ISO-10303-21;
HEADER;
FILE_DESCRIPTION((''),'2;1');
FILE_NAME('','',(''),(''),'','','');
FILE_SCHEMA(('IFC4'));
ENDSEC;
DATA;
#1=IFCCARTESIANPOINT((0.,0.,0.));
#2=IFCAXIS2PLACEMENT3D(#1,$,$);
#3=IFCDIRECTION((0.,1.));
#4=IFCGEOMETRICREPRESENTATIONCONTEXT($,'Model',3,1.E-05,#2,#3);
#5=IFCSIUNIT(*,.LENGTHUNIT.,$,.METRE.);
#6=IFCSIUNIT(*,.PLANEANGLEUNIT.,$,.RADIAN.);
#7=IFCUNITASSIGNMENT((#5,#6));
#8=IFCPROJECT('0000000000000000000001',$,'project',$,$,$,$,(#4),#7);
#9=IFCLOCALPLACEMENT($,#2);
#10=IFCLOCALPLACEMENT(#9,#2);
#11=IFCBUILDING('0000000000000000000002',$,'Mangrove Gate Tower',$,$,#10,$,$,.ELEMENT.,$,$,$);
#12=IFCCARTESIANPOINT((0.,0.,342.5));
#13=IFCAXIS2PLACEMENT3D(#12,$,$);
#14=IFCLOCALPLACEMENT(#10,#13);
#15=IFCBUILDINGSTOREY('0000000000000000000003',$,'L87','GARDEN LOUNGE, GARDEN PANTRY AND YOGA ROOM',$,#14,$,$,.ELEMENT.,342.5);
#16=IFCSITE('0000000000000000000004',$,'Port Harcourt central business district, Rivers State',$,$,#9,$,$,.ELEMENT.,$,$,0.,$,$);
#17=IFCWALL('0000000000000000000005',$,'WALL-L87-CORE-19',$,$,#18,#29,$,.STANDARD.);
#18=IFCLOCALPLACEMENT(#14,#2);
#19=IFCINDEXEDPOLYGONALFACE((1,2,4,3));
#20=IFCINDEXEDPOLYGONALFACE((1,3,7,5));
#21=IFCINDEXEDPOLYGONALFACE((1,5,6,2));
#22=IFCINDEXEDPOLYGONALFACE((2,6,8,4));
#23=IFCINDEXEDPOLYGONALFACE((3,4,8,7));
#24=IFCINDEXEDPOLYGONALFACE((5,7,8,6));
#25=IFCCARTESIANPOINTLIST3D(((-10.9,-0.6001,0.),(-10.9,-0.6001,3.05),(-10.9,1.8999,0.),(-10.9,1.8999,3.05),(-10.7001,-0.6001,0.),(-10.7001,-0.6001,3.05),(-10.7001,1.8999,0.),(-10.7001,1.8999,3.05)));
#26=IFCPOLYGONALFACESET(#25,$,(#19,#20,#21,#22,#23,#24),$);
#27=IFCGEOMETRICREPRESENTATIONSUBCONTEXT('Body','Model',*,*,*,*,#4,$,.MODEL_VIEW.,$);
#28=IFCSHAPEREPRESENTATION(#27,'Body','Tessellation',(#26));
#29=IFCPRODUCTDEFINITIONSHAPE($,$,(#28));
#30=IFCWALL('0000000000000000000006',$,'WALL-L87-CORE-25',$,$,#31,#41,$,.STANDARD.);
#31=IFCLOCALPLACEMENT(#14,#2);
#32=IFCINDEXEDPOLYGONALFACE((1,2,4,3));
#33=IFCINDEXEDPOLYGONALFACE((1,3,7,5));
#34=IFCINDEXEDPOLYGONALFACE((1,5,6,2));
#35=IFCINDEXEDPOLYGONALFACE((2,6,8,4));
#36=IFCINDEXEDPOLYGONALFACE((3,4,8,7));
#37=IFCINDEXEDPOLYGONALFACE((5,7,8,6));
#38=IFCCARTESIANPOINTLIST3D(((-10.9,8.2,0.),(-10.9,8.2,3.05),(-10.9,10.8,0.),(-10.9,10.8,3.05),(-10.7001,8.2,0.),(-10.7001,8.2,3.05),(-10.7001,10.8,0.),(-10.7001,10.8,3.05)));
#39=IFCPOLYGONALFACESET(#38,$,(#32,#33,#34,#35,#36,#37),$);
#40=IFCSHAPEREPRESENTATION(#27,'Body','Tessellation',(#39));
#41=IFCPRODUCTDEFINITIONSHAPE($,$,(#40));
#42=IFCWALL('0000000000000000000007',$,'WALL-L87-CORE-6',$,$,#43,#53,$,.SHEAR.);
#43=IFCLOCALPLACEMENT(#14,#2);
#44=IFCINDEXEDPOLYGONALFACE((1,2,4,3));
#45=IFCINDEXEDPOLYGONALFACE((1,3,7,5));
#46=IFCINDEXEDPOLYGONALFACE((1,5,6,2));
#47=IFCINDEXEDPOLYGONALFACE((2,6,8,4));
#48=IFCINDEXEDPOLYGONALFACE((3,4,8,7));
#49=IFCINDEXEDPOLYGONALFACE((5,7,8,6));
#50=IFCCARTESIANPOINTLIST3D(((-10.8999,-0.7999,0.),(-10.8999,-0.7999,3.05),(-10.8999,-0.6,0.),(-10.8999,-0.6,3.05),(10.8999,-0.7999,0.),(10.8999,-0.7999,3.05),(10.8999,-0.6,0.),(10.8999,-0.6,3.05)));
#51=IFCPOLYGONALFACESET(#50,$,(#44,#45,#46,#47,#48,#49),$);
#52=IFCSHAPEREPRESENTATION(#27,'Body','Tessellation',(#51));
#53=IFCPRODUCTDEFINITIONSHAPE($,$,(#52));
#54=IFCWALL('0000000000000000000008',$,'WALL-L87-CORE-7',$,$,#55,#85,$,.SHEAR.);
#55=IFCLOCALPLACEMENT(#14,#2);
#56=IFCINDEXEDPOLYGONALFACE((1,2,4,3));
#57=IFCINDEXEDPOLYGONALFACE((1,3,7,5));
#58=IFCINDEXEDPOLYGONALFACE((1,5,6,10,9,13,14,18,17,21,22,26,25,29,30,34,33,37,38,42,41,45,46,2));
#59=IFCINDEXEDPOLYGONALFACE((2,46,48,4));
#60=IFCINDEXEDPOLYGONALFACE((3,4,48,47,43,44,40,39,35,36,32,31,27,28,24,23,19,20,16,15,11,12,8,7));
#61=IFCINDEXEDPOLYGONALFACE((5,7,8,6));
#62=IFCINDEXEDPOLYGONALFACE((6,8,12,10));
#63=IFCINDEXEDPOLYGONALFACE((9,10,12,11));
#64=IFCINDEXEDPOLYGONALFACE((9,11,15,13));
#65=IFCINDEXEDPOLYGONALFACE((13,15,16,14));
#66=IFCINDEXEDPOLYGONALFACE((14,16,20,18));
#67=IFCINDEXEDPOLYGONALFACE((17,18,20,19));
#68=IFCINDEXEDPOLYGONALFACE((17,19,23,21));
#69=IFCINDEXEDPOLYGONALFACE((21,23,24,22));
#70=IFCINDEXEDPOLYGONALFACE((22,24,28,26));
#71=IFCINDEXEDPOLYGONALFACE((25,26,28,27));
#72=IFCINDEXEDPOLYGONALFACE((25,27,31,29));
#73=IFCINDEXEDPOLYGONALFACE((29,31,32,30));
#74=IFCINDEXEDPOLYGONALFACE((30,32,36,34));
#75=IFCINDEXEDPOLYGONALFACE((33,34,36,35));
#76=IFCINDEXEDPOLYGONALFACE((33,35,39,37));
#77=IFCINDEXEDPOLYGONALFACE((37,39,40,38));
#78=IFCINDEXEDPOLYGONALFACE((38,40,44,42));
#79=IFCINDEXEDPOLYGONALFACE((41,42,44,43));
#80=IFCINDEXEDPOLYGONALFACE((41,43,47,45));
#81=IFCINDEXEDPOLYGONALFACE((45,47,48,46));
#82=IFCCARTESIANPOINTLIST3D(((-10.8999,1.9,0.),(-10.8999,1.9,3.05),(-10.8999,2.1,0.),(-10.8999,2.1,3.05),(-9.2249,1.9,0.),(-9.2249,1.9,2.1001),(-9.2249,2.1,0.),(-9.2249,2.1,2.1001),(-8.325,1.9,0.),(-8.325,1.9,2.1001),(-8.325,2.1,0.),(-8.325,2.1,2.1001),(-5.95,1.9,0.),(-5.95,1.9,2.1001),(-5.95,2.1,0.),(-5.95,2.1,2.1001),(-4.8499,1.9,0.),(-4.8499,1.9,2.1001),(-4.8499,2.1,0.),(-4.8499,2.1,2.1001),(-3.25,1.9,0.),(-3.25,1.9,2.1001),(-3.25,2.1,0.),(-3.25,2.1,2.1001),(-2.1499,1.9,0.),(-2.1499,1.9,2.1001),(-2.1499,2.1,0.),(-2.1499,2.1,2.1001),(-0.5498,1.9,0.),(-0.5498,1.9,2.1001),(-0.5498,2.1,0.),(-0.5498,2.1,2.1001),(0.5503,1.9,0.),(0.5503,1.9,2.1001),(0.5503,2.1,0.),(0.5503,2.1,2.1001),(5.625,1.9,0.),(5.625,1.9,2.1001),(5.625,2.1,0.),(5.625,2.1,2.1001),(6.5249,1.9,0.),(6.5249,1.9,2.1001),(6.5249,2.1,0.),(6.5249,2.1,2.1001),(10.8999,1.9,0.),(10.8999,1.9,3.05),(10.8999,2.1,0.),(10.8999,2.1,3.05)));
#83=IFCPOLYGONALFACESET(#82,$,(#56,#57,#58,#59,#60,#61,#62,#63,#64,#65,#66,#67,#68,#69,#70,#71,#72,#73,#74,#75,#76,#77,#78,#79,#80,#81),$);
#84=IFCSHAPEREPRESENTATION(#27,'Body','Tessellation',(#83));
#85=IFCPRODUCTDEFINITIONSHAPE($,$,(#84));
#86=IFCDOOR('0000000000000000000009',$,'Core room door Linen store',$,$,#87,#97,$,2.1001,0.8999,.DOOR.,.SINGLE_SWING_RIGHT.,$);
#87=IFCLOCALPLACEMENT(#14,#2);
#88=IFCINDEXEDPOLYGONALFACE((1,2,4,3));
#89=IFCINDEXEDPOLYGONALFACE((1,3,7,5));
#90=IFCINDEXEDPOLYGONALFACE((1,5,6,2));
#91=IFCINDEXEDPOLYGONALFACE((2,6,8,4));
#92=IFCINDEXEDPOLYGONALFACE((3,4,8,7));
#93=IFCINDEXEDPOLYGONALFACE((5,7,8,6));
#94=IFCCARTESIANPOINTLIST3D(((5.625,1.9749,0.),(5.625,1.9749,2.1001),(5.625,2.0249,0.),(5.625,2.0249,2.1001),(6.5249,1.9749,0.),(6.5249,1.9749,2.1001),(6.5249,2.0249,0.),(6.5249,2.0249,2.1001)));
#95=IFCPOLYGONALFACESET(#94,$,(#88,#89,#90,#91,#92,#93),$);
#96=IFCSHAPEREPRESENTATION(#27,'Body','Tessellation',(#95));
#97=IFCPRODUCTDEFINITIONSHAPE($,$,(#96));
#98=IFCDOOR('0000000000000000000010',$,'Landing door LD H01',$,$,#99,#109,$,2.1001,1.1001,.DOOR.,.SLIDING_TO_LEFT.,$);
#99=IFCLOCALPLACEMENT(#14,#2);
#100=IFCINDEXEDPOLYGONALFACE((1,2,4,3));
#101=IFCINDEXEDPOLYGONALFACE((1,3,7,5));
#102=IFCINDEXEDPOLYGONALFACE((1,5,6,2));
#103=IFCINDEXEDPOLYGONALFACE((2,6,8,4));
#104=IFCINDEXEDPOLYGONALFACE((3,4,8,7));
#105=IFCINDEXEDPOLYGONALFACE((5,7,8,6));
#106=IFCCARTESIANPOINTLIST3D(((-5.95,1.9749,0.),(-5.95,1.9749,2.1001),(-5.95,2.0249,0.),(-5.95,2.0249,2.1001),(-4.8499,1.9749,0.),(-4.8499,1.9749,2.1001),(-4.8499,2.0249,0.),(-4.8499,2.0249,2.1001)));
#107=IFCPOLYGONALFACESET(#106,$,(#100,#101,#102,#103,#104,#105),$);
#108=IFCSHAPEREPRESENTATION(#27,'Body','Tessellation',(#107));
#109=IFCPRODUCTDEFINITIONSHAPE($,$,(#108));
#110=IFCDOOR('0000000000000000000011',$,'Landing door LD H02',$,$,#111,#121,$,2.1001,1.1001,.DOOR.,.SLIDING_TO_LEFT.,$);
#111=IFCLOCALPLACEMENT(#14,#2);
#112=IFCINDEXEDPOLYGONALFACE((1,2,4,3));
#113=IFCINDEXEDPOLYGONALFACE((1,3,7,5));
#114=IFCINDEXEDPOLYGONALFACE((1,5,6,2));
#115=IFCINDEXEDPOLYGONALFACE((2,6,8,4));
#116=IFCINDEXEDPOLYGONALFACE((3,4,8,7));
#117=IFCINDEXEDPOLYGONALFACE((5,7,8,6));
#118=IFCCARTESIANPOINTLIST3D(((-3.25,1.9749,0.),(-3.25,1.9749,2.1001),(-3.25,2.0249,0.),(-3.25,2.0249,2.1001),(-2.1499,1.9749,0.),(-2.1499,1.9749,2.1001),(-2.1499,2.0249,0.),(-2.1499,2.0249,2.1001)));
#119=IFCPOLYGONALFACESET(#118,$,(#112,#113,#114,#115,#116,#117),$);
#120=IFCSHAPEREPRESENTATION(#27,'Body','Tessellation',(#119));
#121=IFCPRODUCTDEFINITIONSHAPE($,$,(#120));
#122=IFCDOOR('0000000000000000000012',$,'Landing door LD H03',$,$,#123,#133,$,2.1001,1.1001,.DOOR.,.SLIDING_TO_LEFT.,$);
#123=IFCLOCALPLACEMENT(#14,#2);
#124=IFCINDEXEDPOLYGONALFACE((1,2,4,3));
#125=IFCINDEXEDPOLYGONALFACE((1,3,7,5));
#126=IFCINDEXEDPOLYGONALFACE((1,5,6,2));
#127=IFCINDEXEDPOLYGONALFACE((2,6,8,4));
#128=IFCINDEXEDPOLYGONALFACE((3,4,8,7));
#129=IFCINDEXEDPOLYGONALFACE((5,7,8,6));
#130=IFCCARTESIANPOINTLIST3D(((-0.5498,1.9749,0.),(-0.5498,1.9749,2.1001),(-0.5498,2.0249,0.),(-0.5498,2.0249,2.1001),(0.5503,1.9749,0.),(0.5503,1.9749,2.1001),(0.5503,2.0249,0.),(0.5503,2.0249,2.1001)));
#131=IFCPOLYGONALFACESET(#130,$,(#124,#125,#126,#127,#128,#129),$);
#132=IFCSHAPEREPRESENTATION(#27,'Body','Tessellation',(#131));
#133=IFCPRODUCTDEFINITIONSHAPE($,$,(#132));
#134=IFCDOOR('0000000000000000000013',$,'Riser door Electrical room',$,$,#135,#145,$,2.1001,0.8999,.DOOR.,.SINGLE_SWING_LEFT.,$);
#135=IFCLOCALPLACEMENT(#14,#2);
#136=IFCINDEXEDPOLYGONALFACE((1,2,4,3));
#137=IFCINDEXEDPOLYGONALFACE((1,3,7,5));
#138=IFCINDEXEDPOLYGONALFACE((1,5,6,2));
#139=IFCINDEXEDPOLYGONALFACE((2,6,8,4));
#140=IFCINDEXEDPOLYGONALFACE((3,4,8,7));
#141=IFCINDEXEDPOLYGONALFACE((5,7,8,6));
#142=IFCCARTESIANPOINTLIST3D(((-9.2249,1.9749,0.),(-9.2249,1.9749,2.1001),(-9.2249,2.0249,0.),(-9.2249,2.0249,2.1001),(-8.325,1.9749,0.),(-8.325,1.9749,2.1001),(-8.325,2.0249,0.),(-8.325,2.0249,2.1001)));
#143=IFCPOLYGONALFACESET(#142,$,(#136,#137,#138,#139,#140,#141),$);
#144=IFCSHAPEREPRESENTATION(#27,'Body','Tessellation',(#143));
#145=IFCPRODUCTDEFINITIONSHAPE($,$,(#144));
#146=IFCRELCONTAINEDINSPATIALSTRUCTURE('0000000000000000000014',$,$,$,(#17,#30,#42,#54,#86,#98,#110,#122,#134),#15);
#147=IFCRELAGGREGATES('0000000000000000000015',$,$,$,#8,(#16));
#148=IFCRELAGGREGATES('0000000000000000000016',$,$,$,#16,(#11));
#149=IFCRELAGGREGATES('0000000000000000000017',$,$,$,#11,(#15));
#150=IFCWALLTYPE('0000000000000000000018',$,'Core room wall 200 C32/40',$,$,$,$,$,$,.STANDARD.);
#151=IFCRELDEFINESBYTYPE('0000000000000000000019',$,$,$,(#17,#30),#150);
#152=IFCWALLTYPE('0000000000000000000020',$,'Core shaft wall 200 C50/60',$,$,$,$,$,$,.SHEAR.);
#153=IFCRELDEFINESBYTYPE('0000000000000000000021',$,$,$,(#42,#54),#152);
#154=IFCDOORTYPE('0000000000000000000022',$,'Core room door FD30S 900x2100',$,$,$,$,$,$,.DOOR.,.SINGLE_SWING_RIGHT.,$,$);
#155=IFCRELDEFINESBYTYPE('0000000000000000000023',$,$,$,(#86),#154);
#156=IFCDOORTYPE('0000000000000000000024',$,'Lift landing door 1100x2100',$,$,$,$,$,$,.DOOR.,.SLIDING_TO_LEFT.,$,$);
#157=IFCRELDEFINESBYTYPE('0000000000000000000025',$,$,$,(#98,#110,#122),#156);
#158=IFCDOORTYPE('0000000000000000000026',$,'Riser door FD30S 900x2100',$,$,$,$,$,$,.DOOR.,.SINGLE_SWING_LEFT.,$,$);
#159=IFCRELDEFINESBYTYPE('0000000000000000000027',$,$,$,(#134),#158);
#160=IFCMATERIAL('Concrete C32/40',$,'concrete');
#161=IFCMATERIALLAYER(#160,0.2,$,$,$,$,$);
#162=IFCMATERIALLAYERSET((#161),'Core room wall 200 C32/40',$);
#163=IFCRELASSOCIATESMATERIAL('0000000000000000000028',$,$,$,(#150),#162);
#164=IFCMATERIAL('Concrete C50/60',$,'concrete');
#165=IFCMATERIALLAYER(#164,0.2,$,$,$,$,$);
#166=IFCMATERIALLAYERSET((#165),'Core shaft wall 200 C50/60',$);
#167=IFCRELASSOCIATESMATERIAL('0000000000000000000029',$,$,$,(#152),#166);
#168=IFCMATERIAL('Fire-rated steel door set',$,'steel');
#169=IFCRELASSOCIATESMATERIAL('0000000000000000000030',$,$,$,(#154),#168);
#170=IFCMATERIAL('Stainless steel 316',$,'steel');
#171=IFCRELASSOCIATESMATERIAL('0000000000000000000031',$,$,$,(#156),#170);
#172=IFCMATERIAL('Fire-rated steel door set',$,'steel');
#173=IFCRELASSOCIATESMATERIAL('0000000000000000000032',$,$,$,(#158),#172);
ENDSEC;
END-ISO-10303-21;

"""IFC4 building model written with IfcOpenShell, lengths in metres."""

from ifc_helpers import new_model, si_unit, direction, frame, frame_2d, origin, place, context, subcontext, project, spatial, rectangle, extrude, material, layer, layer_set, type_object, element, fill, save


model = new_model("IFC4")

# Units and contexts
model_context = context("Model", 3, precision=1e-05, world=origin(), true_north=direction((0.0, 1.0)))
body_context = subcontext(model_context, "Body", "Model", "MODEL_VIEW")
ifc_project = project(units=[si_unit("LENGTHUNIT", "METRE"), si_unit("PLANEANGLEUNIT", "RADIAN")], contexts=[model_context])

# Site, building, storey
site_placement = place(None, origin())
site = spatial("IfcSite", under=ifc_project, at=site_placement, Name="Port Harcourt central business district, Rivers State", CompositionType="ELEMENT", RefElevation=0.0)
building_placement = place(site_placement, origin())
building = spatial("IfcBuilding", under=site, at=building_placement, Name="Mangrove Gate Tower", CompositionType="ELEMENT")
storey_placement = place(building_placement, frame((0.0, 0.0, 342.5)))
storey = spatial("IfcBuildingStorey", under=building, at=storey_placement, Name="L87", Description="GARDEN LOUNGE, GARDEN PANTRY AND YOGA ROOM", CompositionType="ELEMENT", Elevation=342.5)

# Walls
ifc_material_1 = material(Name="Concrete C32/40", Category="concrete")
ifc_layer_1 = layer(ifc_material_1, 0.2)
ifc_layer_set_1 = layer_set([ifc_layer_1], Name="Core room wall 200 C32/40")
wall_type_1 = type_object("IfcWallType", Name="Core room wall 200 C32/40", PredefinedType="STANDARD", material=ifc_layer_set_1)
wall_1_placement = place(storey_placement, frame((-10.8, -0.6001, 0.0), z_axis=(0.0, 0.0, 1.0), x_axis=(0.0, 1.0, 0.0)))
element("IfcWall", 1, at=wall_1_placement, inside=storey, type_object=wall_type_1, Name="WALL-L87-CORE-19", PredefinedType="STANDARD", context=body_context, shape_type="SweptSolid", body=[
    extrude(rectangle(XDim=2.5, YDim=0.2, at=frame_2d((1.25, 0.0))), origin(), (0.0, 0.0, 1.0), 3.05),
])
wall_2_placement = place(storey_placement, frame((-10.8, 8.2, 0.0), z_axis=(0.0, 0.0, 1.0), x_axis=(0.0, 1.0, 0.0)))
element("IfcWall", 2, at=wall_2_placement, inside=storey, type_object=wall_type_1, Name="WALL-L87-CORE-25", PredefinedType="STANDARD", context=body_context, shape_type="SweptSolid", body=[
    extrude(rectangle(XDim=2.6001, YDim=0.2, at=frame_2d((1.3, 0.0))), origin(), (0.0, 0.0, 1.0), 3.05),
])
ifc_material_2 = material(Name="Concrete C50/60", Category="concrete")
ifc_layer_2 = layer(ifc_material_2, 0.2)
ifc_layer_set_2 = layer_set([ifc_layer_2], Name="Core shaft wall 200 C50/60")
wall_type_2 = type_object("IfcWallType", Name="Core shaft wall 200 C50/60", PredefinedType="SHEAR", material=ifc_layer_set_2)
wall_3_placement = place(storey_placement, frame((-10.8999, -0.7, 0.0), z_axis=(0.0, 0.0, 1.0), x_axis=(1.0, 0.0, 0.0)))
element("IfcWall", 3, at=wall_3_placement, inside=storey, type_object=wall_type_2, Name="WALL-L87-CORE-6", PredefinedType="SHEAR", context=body_context, shape_type="SweptSolid", body=[
    extrude(rectangle(XDim=21.7998, YDim=0.2, at=frame_2d((10.8999, 0.0))), origin(), (0.0, 0.0, 1.0), 3.05),
])

# Wall, openings, doors
wall_4_placement = place(storey_placement, frame((-10.8999, 2.0, 0.0), z_axis=(0.0, 0.0, 1.0), x_axis=(1.0, 0.0, 0.0)))
wall_4 = element("IfcWall", 4, at=wall_4_placement, inside=storey, type_object=wall_type_2, Name="WALL-L87-CORE-7", PredefinedType="SHEAR", context=body_context, shape_type="SweptSolid", body=[
    extrude(rectangle(XDim=21.7998, YDim=0.2, at=frame_2d((10.8999, 0.0))), origin(), (0.0, 0.0, 1.0), 3.05),
])
opening_1_placement = place(wall_4_placement, frame((4.95, 0.0, 0.0)))
opening_1 = element("IfcOpeningElement", 5, at=opening_1_placement, cuts=wall_4, PredefinedType="OPENING", context=body_context, shape_type="SweptSolid", body=[
    extrude(rectangle(XDim=1.1001, YDim=2.1001, at=frame_2d((0.55, 1.05))), frame((0.0, 0.1099, 0.0), z_axis=(0.0, -1.0, 0.0), x_axis=(1.0, 0.0, 0.0)), (0.0, 0.0, 1.0), 0.22),
])
opening_2_placement = place(wall_4_placement, frame((7.6499, 0.0, 0.0)))
opening_2 = element("IfcOpeningElement", 6, at=opening_2_placement, cuts=wall_4, PredefinedType="OPENING", context=body_context, shape_type="SweptSolid", body=[
    extrude(rectangle(XDim=1.1001, YDim=2.1001, at=frame_2d((0.55, 1.05))), frame((0.0, 0.1099, 0.0), z_axis=(0.0, -1.0, 0.0), x_axis=(1.0, 0.0, 0.0)), (0.0, 0.0, 1.0), 0.22),
])
opening_3_placement = place(wall_4_placement, frame((10.3501, 0.0, 0.0)))
opening_3 = element("IfcOpeningElement", 7, at=opening_3_placement, cuts=wall_4, PredefinedType="OPENING", context=body_context, shape_type="SweptSolid", body=[
    extrude(rectangle(XDim=1.1001, YDim=2.1001, at=frame_2d((0.55, 1.05))), frame((0.0, 0.1099, 0.0), z_axis=(0.0, -1.0, 0.0), x_axis=(1.0, 0.0, 0.0)), (0.0, 0.0, 1.0), 0.22),
])
opening_4_placement = place(wall_4_placement, frame((1.675, 0.0, 0.0)))
opening_4 = element("IfcOpeningElement", 8, at=opening_4_placement, cuts=wall_4, PredefinedType="OPENING", context=body_context, shape_type="SweptSolid", body=[
    extrude(rectangle(XDim=0.8999, YDim=2.1001, at=frame_2d((0.45, 1.05))), frame((0.0, 0.1099, 0.0), z_axis=(0.0, -1.0, 0.0), x_axis=(1.0, 0.0, 0.0)), (0.0, 0.0, 1.0), 0.22),
])
opening_5_placement = place(wall_4_placement, frame((16.5249, 0.0, 0.0)))
opening_5 = element("IfcOpeningElement", 9, at=opening_5_placement, cuts=wall_4, PredefinedType="OPENING", context=body_context, shape_type="SweptSolid", body=[
    extrude(rectangle(XDim=0.8999, YDim=2.1001, at=frame_2d((0.45, 1.05))), frame((0.0, 0.1099, 0.0), z_axis=(0.0, -1.0, 0.0), x_axis=(1.0, 0.0, 0.0)), (0.0, 0.0, 1.0), 0.22),
])
ifc_material_3 = material(Name="Fire-rated steel door set", Category="steel")
door_type_1 = type_object("IfcDoorType", Name="Core room door FD30S 900x2100", OperationType="SINGLE_SWING_RIGHT", PredefinedType="DOOR", material=ifc_material_3)
door_1_placement = place(opening_5_placement, origin())
door_1 = element("IfcDoor", 10, at=door_1_placement, inside=storey, type_object=door_type_1, Name="Core room door Linen store", OperationType="SINGLE_SWING_RIGHT", OverallHeight=2.1001, OverallWidth=0.8999, PredefinedType="DOOR", context=body_context, shape_type="SweptSolid", body=[
    extrude(rectangle(XDim=0.8999, YDim=2.1001, at=frame_2d((0.45, 1.05))), frame((0.0, 0.0249, 0.0), z_axis=(0.0, -1.0, 0.0), x_axis=(1.0, 0.0, 0.0)), (0.0, 0.0, 1.0), 0.05),
])
fill(opening_5, door_1)
ifc_material_4 = material(Name="Stainless steel 316", Category="steel")
door_type_2 = type_object("IfcDoorType", Name="Lift landing door 1100x2100", OperationType="SLIDING_TO_LEFT", PredefinedType="DOOR", material=ifc_material_4)
door_2_placement = place(opening_1_placement, origin())
door_2 = element("IfcDoor", 11, at=door_2_placement, inside=storey, type_object=door_type_2, Name="Landing door LD H01", OperationType="SLIDING_TO_LEFT", OverallHeight=2.1001, OverallWidth=1.1001, PredefinedType="DOOR", context=body_context, shape_type="SweptSolid", body=[
    extrude(rectangle(XDim=1.1001, YDim=2.1001, at=frame_2d((0.55, 1.05))), frame((0.0, 0.0249, 0.0), z_axis=(0.0, -1.0, 0.0), x_axis=(1.0, 0.0, 0.0)), (0.0, 0.0, 1.0), 0.05),
])
fill(opening_1, door_2)
door_3_placement = place(opening_2_placement, origin())
door_3 = element("IfcDoor", 12, at=door_3_placement, inside=storey, type_object=door_type_2, Name="Landing door LD H02", OperationType="SLIDING_TO_LEFT", OverallHeight=2.1001, OverallWidth=1.1001, PredefinedType="DOOR", context=body_context, shape_type="SweptSolid", body=[
    extrude(rectangle(XDim=1.1001, YDim=2.1001, at=frame_2d((0.55, 1.05))), frame((0.0, 0.0249, 0.0), z_axis=(0.0, -1.0, 0.0), x_axis=(1.0, 0.0, 0.0)), (0.0, 0.0, 1.0), 0.05),
])
fill(opening_2, door_3)
door_4_placement = place(opening_3_placement, origin())
door_4 = element("IfcDoor", 13, at=door_4_placement, inside=storey, type_object=door_type_2, Name="Landing door LD H03", OperationType="SLIDING_TO_LEFT", OverallHeight=2.1001, OverallWidth=1.1001, PredefinedType="DOOR", context=body_context, shape_type="SweptSolid", body=[
    extrude(rectangle(XDim=1.1001, YDim=2.1001, at=frame_2d((0.55, 1.05))), frame((0.0, 0.0249, 0.0), z_axis=(0.0, -1.0, 0.0), x_axis=(1.0, 0.0, 0.0)), (0.0, 0.0, 1.0), 0.05),
])
fill(opening_3, door_4)
ifc_material_5 = material(Name="Fire-rated steel door set", Category="steel")
door_type_3 = type_object("IfcDoorType", Name="Riser door FD30S 900x2100", OperationType="SINGLE_SWING_LEFT", PredefinedType="DOOR", material=ifc_material_5)
door_5_placement = place(opening_4_placement, origin())
door_5 = element("IfcDoor", 14, at=door_5_placement, inside=storey, type_object=door_type_3, Name="Riser door Electrical room", OperationType="SINGLE_SWING_LEFT", OverallHeight=2.1001, OverallWidth=0.8999, PredefinedType="DOOR", context=body_context, shape_type="SweptSolid", body=[
    extrude(rectangle(XDim=0.8999, YDim=2.1001, at=frame_2d((0.45, 1.05))), frame((0.0, 0.0249, 0.0), z_axis=(0.0, -1.0, 0.0), x_axis=(1.0, 0.0, 0.0)), (0.0, 0.0, 1.0), 0.05),
])
fill(opening_4, door_5)

save(model, "model.ifc")
